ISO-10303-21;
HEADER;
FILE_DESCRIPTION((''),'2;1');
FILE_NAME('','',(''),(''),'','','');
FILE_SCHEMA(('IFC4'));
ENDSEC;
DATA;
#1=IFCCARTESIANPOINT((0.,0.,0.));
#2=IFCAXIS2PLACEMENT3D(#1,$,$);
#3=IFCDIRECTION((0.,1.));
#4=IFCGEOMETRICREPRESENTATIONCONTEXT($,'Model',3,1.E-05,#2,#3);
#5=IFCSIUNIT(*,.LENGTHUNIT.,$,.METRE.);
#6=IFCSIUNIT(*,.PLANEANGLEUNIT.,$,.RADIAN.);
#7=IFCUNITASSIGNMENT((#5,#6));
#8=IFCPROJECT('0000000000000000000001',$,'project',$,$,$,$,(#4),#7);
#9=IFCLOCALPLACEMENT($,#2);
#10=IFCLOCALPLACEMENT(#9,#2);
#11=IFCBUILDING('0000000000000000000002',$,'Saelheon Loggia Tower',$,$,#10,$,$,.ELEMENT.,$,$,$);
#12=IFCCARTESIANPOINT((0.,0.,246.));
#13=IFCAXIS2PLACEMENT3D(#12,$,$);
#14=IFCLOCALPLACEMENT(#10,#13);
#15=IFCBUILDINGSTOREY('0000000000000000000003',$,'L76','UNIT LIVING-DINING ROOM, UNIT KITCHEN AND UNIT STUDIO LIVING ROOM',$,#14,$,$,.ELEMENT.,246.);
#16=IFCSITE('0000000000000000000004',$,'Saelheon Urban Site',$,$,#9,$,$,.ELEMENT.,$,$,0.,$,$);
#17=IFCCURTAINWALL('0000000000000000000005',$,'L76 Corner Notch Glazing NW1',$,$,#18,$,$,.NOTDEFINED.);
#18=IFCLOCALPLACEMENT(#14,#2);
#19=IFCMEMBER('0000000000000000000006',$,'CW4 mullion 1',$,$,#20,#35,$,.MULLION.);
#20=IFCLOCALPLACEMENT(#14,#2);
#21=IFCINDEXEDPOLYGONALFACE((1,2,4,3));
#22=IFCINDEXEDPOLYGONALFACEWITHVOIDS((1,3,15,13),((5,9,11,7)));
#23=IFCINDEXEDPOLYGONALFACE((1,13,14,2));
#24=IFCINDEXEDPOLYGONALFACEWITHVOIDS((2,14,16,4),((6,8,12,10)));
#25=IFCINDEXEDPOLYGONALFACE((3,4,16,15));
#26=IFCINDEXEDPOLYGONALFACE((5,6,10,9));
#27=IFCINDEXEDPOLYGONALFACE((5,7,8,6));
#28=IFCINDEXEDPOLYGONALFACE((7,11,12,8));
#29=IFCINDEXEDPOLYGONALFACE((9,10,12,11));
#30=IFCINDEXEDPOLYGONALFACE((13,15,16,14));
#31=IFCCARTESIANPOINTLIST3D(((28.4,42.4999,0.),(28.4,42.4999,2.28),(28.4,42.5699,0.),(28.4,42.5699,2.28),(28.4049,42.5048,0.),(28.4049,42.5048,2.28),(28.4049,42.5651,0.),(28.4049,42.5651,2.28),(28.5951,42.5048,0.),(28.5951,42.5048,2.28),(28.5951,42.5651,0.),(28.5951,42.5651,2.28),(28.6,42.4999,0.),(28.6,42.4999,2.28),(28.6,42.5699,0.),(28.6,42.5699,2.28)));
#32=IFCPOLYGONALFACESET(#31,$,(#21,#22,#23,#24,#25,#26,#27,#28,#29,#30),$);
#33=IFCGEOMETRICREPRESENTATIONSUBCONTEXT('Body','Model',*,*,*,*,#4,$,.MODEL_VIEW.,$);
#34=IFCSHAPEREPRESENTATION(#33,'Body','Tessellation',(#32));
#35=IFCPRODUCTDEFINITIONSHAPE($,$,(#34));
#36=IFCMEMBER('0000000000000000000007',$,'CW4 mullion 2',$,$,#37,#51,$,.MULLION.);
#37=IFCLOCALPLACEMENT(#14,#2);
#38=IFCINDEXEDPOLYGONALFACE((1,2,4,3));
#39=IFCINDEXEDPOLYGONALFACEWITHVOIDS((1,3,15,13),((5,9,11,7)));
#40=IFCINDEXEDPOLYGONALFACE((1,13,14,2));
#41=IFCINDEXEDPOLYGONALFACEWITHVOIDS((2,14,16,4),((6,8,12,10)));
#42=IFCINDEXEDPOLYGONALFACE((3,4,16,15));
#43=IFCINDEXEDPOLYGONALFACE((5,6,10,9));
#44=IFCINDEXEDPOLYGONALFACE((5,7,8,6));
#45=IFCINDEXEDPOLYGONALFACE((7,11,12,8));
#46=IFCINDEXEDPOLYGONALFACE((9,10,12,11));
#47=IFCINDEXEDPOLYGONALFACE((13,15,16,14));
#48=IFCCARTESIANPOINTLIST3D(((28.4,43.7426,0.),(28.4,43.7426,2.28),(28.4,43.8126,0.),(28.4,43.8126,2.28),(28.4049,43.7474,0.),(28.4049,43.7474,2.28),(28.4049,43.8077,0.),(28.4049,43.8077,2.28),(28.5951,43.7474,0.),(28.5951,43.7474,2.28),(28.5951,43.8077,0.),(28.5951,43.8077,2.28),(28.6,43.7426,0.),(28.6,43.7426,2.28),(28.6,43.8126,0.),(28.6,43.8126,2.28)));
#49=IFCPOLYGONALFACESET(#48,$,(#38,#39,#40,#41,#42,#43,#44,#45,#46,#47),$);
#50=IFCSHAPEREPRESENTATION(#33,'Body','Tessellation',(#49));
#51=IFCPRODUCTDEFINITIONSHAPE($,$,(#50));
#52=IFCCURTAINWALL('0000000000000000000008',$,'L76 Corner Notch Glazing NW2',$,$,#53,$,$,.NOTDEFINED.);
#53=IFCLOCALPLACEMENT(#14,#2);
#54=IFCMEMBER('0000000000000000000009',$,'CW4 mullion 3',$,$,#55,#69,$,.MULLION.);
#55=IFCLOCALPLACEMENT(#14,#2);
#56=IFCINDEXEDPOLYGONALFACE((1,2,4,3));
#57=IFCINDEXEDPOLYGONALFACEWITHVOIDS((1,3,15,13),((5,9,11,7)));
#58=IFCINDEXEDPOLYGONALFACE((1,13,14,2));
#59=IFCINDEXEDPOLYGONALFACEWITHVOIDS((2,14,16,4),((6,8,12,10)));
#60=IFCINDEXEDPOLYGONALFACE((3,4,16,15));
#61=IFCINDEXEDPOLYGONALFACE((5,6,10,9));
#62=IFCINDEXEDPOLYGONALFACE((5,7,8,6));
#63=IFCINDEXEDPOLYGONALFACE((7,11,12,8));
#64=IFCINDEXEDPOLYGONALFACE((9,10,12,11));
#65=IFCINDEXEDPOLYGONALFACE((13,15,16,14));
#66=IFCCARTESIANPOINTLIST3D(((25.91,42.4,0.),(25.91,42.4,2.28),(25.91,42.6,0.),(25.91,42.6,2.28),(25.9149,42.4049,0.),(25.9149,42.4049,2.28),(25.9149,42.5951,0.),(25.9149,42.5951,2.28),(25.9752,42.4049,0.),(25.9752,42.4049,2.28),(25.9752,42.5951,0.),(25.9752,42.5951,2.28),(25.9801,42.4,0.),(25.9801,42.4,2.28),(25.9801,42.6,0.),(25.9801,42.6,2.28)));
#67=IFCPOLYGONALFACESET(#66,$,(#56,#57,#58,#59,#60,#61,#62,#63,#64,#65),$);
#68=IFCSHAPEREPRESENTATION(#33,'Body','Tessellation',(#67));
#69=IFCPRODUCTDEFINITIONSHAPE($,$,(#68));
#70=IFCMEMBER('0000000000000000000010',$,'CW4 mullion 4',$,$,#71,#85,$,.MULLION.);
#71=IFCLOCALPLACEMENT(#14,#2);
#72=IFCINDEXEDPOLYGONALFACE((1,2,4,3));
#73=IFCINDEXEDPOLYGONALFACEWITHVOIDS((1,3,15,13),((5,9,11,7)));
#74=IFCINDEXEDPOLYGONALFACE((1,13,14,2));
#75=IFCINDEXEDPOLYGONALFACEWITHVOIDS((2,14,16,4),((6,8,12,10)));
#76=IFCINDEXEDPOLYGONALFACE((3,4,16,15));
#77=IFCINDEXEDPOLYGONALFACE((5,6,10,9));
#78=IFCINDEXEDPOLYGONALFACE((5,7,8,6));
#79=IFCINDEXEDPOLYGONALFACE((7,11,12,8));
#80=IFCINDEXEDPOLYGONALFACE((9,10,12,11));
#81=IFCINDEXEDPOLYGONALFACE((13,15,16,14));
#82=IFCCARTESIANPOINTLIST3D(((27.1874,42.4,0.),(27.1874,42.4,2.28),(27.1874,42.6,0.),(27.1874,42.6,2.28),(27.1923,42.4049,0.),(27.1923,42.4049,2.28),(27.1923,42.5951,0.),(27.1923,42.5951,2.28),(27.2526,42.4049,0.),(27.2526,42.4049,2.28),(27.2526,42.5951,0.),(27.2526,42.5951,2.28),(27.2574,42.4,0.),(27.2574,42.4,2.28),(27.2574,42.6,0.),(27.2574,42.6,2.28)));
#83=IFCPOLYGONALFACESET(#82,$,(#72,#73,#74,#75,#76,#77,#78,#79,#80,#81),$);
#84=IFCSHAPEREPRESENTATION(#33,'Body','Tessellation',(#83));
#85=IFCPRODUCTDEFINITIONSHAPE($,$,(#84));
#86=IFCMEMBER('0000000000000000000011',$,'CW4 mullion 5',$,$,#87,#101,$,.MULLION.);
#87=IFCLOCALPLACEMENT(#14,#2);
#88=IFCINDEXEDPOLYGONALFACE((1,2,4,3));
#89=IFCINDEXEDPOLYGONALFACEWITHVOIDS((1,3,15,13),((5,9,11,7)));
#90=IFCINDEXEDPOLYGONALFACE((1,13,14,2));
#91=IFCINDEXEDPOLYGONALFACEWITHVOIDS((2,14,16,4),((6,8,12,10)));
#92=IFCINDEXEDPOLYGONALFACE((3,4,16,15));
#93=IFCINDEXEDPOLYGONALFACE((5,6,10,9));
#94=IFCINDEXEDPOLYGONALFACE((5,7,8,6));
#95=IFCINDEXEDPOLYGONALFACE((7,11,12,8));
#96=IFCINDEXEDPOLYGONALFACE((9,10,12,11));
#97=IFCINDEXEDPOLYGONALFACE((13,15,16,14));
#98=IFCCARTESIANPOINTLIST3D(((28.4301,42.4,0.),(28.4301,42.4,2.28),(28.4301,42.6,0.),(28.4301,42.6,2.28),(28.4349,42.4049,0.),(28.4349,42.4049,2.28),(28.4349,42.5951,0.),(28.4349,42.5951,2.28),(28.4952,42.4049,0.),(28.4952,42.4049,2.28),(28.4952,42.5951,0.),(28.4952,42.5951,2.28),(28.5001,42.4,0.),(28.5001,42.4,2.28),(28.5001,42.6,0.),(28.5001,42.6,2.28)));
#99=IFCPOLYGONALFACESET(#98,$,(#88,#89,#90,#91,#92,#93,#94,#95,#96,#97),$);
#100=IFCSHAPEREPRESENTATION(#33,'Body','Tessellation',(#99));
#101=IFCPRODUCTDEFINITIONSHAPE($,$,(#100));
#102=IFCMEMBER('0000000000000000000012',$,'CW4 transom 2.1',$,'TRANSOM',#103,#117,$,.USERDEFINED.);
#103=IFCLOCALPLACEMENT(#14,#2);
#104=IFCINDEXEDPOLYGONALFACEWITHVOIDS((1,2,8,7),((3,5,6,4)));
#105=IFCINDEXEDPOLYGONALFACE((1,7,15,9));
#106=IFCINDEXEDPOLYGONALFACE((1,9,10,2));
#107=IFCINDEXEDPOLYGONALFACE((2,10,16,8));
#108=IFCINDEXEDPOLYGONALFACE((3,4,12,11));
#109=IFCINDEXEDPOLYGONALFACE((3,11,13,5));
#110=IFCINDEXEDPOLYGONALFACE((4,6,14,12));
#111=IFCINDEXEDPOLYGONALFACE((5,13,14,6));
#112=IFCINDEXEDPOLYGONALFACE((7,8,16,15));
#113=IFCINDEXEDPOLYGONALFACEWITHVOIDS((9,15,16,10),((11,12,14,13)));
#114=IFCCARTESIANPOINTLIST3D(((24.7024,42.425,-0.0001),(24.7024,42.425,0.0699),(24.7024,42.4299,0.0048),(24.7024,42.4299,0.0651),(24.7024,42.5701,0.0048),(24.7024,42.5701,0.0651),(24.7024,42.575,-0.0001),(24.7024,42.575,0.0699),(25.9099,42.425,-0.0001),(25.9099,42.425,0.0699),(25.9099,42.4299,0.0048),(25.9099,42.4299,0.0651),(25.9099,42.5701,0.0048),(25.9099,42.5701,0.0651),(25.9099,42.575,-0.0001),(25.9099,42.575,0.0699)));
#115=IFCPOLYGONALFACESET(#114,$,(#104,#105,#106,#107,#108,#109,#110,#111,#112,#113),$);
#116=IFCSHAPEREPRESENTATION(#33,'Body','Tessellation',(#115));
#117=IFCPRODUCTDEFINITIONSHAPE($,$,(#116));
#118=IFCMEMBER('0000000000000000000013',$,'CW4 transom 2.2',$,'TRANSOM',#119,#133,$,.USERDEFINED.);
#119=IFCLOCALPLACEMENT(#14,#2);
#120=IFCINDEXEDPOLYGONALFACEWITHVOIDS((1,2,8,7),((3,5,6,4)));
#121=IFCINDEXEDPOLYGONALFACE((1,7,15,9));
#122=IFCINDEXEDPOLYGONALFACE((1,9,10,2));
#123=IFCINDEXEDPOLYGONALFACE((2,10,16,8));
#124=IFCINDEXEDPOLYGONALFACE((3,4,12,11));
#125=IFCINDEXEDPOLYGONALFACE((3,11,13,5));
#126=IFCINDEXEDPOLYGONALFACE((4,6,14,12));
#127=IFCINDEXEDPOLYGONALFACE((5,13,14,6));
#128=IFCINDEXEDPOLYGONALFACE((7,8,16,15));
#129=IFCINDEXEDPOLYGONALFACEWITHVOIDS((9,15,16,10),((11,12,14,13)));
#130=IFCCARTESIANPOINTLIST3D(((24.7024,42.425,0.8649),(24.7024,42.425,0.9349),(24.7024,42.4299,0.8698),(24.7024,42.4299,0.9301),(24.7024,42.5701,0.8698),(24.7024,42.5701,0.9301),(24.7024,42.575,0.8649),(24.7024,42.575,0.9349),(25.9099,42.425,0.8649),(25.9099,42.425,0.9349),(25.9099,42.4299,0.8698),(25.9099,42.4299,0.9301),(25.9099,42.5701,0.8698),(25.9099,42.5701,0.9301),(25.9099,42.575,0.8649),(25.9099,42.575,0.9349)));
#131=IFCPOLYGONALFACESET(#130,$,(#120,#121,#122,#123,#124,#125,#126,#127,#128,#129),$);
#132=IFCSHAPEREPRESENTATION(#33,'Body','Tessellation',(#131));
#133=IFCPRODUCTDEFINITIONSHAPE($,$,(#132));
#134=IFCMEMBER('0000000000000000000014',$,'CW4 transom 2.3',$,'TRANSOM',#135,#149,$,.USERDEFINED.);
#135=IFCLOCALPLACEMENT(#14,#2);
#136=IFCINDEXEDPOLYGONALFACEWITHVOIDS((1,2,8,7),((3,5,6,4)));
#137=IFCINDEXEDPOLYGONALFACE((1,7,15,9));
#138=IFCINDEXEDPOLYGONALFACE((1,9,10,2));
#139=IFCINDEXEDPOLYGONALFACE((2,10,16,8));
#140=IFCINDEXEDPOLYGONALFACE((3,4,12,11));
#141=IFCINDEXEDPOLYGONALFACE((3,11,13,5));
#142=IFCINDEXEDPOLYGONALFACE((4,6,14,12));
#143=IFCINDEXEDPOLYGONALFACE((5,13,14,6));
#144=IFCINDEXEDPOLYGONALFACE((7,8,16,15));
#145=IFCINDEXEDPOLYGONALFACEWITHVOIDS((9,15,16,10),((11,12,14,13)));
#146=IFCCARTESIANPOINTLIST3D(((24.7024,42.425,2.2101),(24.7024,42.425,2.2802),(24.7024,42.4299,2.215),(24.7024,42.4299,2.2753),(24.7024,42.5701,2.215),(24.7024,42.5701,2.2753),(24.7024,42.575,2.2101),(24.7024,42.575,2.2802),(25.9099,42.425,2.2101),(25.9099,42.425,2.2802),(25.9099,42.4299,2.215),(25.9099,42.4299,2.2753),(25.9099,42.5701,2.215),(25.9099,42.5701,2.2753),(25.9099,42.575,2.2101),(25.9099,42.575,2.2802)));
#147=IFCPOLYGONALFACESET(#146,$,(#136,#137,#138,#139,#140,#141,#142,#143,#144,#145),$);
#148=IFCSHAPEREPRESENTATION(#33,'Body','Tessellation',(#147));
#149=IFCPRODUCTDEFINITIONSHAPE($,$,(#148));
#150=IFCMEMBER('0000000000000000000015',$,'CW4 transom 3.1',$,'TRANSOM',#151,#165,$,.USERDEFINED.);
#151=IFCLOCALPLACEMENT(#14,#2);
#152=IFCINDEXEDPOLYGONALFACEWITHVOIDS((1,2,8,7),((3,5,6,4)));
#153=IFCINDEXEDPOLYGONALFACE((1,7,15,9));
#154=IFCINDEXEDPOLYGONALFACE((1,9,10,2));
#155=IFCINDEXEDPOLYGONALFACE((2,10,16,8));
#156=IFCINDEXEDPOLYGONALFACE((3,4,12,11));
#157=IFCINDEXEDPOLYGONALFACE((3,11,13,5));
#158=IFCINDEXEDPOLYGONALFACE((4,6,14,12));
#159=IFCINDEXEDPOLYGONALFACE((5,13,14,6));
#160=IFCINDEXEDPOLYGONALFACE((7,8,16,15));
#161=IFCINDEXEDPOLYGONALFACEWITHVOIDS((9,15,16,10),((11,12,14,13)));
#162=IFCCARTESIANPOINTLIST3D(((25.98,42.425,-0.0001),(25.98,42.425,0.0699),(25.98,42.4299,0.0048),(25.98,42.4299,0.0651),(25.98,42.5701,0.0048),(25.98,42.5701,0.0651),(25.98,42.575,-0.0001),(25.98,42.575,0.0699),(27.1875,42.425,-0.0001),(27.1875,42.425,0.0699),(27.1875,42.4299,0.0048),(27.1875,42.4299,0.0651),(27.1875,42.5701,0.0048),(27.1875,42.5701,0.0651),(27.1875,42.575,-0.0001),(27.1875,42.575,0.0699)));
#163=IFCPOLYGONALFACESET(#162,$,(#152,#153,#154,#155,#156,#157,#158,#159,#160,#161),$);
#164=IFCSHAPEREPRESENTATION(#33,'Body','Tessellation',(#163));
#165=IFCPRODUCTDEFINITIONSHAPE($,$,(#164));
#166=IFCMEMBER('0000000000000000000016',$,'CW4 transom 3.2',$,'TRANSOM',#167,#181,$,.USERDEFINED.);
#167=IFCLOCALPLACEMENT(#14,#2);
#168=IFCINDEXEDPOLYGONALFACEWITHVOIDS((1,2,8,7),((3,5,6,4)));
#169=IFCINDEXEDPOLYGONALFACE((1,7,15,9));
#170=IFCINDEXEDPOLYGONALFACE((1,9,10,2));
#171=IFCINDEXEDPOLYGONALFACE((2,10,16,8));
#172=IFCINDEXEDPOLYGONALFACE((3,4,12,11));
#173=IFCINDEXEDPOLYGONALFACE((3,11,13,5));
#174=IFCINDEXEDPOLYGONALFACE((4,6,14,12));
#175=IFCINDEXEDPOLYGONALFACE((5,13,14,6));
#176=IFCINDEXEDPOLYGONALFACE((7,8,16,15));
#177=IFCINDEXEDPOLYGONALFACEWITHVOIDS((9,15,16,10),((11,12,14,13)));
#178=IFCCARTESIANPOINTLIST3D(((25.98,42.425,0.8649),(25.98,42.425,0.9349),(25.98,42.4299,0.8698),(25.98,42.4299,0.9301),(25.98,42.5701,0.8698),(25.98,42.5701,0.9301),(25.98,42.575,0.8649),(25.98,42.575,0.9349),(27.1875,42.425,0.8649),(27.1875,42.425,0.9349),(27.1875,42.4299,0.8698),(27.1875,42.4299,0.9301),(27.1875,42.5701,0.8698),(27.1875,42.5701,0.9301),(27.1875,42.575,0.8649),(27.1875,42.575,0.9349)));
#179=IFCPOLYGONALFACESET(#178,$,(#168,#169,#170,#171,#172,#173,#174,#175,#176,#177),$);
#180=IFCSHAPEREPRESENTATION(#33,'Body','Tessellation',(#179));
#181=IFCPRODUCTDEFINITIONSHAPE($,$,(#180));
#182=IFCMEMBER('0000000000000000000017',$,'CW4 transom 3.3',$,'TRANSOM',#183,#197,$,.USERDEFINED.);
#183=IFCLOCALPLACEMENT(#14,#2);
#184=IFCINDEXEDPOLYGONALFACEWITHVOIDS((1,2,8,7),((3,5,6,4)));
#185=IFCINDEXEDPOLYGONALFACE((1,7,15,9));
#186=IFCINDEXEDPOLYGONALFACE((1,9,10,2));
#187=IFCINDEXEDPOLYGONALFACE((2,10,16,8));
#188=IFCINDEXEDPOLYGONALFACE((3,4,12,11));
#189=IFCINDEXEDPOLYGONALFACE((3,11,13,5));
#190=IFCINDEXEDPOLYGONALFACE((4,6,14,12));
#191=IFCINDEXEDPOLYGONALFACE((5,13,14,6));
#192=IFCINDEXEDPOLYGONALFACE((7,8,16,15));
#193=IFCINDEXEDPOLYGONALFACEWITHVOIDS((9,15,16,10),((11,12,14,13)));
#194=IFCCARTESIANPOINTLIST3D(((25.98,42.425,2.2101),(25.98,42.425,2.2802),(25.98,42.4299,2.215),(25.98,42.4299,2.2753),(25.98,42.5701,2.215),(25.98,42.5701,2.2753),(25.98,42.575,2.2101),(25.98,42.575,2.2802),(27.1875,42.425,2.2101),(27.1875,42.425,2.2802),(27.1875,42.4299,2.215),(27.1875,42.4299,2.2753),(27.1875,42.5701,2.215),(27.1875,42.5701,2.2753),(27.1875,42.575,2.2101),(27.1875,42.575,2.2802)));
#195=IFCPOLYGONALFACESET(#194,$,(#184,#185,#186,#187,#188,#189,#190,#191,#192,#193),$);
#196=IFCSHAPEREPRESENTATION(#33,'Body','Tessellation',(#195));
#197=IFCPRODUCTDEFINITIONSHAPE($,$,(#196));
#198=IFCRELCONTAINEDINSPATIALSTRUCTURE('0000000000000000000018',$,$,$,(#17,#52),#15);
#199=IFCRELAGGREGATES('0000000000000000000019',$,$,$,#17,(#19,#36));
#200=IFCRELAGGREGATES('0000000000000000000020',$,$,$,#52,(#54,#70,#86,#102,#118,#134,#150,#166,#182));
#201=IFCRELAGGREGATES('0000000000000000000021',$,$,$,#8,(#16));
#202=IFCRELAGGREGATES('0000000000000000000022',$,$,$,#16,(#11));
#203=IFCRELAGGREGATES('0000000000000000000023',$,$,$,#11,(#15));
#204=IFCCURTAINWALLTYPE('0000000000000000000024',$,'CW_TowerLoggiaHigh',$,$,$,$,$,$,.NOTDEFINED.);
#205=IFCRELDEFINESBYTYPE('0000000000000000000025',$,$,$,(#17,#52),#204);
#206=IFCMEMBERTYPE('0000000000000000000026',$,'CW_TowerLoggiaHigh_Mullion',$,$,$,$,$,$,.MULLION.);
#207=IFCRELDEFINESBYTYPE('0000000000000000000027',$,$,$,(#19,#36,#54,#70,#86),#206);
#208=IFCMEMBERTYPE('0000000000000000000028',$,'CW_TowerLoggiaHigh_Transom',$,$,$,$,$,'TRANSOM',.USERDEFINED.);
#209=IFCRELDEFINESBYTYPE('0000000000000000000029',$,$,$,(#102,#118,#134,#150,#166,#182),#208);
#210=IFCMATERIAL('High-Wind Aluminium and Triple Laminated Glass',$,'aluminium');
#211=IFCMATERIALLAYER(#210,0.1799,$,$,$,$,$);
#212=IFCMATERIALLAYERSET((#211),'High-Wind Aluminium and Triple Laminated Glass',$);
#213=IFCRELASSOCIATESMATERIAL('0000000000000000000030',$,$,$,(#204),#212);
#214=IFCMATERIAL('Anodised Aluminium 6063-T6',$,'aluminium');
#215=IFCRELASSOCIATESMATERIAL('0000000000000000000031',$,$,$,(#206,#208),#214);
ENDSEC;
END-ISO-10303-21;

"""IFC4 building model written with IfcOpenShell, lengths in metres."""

from ifc_helpers import new_model, si_unit, direction, frame, origin, origin_2d, place, context, subcontext, project, spatial, hollow_rectangle, extrude, source, transform, mapped, material, layer, layer_set, material_profile, profile_set, type_object, element, aggregate, save


model = new_model("IFC4")

# Units and contexts
model_context = context("Model", 3, precision=1e-05, world=origin(), true_north=direction((0.0, 1.0)))
body_context = subcontext(model_context, "Body", "Model", "MODEL_VIEW")
ifc_project = project(units=[si_unit("LENGTHUNIT", "METRE"), si_unit("PLANEANGLEUNIT", "RADIAN")], contexts=[model_context])

# Site, building, storey
site_placement = place(None, origin())
site = spatial("IfcSite", under=ifc_project, at=site_placement, Name="Saelheon Urban Site", CompositionType="ELEMENT", RefElevation=0.0)
building_placement = place(site_placement, origin())
building = spatial("IfcBuilding", under=site, at=building_placement, Name="Saelheon Loggia Tower", CompositionType="ELEMENT")
storey_placement = place(building_placement, frame((0.0, 0.0, 246.0)))
storey = spatial("IfcBuildingStorey", under=building, at=storey_placement, Name="L76", Description="UNIT LIVING-DINING ROOM, UNIT KITCHEN AND UNIT STUDIO LIVING ROOM", CompositionType="ELEMENT", Elevation=246.0)

# Curtain walls, members
ifc_material_1 = material(Name="High-Wind Aluminium and Triple Laminated Glass", Category="aluminium")
ifc_layer_1 = layer(ifc_material_1, 0.1799)
ifc_layer_set_1 = layer_set([ifc_layer_1], Name="High-Wind Aluminium and Triple Laminated Glass")
curtain_wall_type = type_object("IfcCurtainWallType", Name="CW_TowerLoggiaHigh", PredefinedType="NOTDEFINED", material=ifc_layer_set_1)
curtain_wall_1_placement = place(storey_placement, origin())
curtain_wall_1 = element("IfcCurtainWall", 1, at=curtain_wall_1_placement, inside=storey, type_object=curtain_wall_type, Name="L76 Corner Notch Glazing NW1", PredefinedType="NOTDEFINED")
ifc_material_2 = material(Name="Anodised Aluminium 6063-T6", Category="aluminium")
ifc_material_profile_1 = material_profile(ifc_material_2, hollow_rectangle(XDim=0.0701, YDim=0.2, WallThickness=0.0049, at=origin_2d()), Name="RHS-200x70x5")
ifc_profile_set_1 = profile_set([ifc_material_profile_1], Name="Anodised Aluminium 6063-T6")
member_type_1 = type_object("IfcMemberType", Name="CW_TowerLoggiaHigh_Mullion", PredefinedType="MULLION", material=ifc_profile_set_1)
shared_shape_1 = source(origin(), body_context, "Body", "SweptSolid", [
    extrude(hollow_rectangle(XDim=0.0701, YDim=0.2, WallThickness=0.0049, at=origin_2d()), origin(), (0.0, 0.0, 1.0), 2.28),
])
member_1_placement = place(storey_placement, frame((28.5, 42.5349, 0.0), z_axis=(0.0, 0.0, 1.0), x_axis=(0.0, 1.0, 0.0)))
member_1 = element("IfcMember", 2, at=member_1_placement, type_object=member_type_1, Name="CW4 mullion 1", PredefinedType="MULLION", context=body_context, shape_type="MappedRepresentation", body=[
    mapped(shared_shape_1, transform((0.0, 0.0, 0.0), scale=1.0)),
])
member_2_placement = place(storey_placement, frame((28.5, 43.7776, 0.0), z_axis=(0.0, 0.0, 1.0), x_axis=(0.0, 1.0, 0.0)))
member_2 = element("IfcMember", 3, at=member_2_placement, type_object=member_type_1, Name="CW4 mullion 2", PredefinedType="MULLION", context=body_context, shape_type="MappedRepresentation", body=[
    mapped(shared_shape_1, transform((0.0, 0.0, 0.0), scale=1.0)),
])
curtain_wall_2_placement = place(storey_placement, origin())
curtain_wall_2 = element("IfcCurtainWall", 4, at=curtain_wall_2_placement, inside=storey, type_object=curtain_wall_type, Name="L76 Corner Notch Glazing NW2", PredefinedType="NOTDEFINED")
member_3_placement = place(storey_placement, frame((25.9451, 42.5, 0.0), z_axis=(0.0, 0.0, 1.0), x_axis=(1.0, 0.0, 0.0)))
member_3 = element("IfcMember", 5, at=member_3_placement, type_object=member_type_1, Name="CW4 mullion 3", PredefinedType="MULLION", context=body_context, shape_type="MappedRepresentation", body=[
    mapped(shared_shape_1, transform((0.0, 0.0, 0.0), scale=1.0)),
])
member_4_placement = place(storey_placement, frame((27.2224, 42.5, 0.0), z_axis=(0.0, 0.0, 1.0), x_axis=(1.0, 0.0, 0.0)))
member_4 = element("IfcMember", 6, at=member_4_placement, type_object=member_type_1, Name="CW4 mullion 4", PredefinedType="MULLION", context=body_context, shape_type="MappedRepresentation", body=[
    mapped(shared_shape_1, transform((0.0, 0.0, 0.0), scale=1.0)),
])
member_5_placement = place(storey_placement, frame((28.4651, 42.5, 0.0), z_axis=(0.0, 0.0, 1.0), x_axis=(1.0, 0.0, 0.0)))
member_5 = element("IfcMember", 7, at=member_5_placement, type_object=member_type_1, Name="CW4 mullion 5", PredefinedType="MULLION", context=body_context, shape_type="MappedRepresentation", body=[
    mapped(shared_shape_1, transform((0.0, 0.0, 0.0), scale=1.0)),
])
ifc_material_profile_2 = material_profile(ifc_material_2, hollow_rectangle(XDim=0.0701, YDim=0.1499, WallThickness=0.0049, at=origin_2d()), Name="RHS-150x70x5")
ifc_profile_set_2 = profile_set([ifc_material_profile_2], Name="Anodised Aluminium 6063-T6")
member_type_2 = type_object("IfcMemberType", Name="CW_TowerLoggiaHigh_Transom", ElementType="TRANSOM", PredefinedType="USERDEFINED", material=ifc_profile_set_2)
shared_shape_2 = source(origin(), body_context, "Body", "SweptSolid", [
    extrude(hollow_rectangle(XDim=0.0701, YDim=0.1499, WallThickness=0.0049, at=origin_2d()), origin(), (0.0, 0.0, 1.0), 1.2075),
])
member_6_placement = place(storey_placement, frame((24.7024, 42.5, 0.0349), z_axis=(1.0, 0.0, 0.0), x_axis=(0.0, 0.0, 1.0)))
member_6 = element("IfcMember", 8, at=member_6_placement, type_object=member_type_2, Name="CW4 transom 2.1", ObjectType="TRANSOM", PredefinedType="USERDEFINED", context=body_context, shape_type="MappedRepresentation", body=[
    mapped(shared_shape_2, transform((0.0, 0.0, 0.0), scale=1.0)),
])
member_7_placement = place(storey_placement, frame((24.7024, 42.5, 0.8999), z_axis=(1.0, 0.0, 0.0), x_axis=(0.0, 0.0, 1.0)))
member_7 = element("IfcMember", 9, at=member_7_placement, type_object=member_type_2, Name="CW4 transom 2.2", ObjectType="TRANSOM", PredefinedType="USERDEFINED", context=body_context, shape_type="MappedRepresentation", body=[
    mapped(shared_shape_2, transform((0.0, 0.0, 0.0), scale=1.0)),
])
member_8_placement = place(storey_placement, frame((24.7024, 42.5, 2.2451), z_axis=(1.0, 0.0, 0.0), x_axis=(0.0, 0.0, 1.0)))
member_8 = element("IfcMember", 10, at=member_8_placement, type_object=member_type_2, Name="CW4 transom 2.3", ObjectType="TRANSOM", PredefinedType="USERDEFINED", context=body_context, shape_type="MappedRepresentation", body=[
    mapped(shared_shape_2, transform((0.0, 0.0, 0.0), scale=1.0)),
])
member_9_placement = place(storey_placement, frame((25.98, 42.5, 0.0349), z_axis=(1.0, 0.0, 0.0), x_axis=(0.0, 0.0, 1.0)))
member_9 = element("IfcMember", 11, at=member_9_placement, type_object=member_type_2, Name="CW4 transom 3.1", ObjectType="TRANSOM", PredefinedType="USERDEFINED", context=body_context, shape_type="MappedRepresentation", body=[
    mapped(shared_shape_2, transform((0.0, 0.0, 0.0), scale=1.0)),
])
member_10_placement = place(storey_placement, frame((25.98, 42.5, 0.8999), z_axis=(1.0, 0.0, 0.0), x_axis=(0.0, 0.0, 1.0)))
member_10 = element("IfcMember", 12, at=member_10_placement, type_object=member_type_2, Name="CW4 transom 3.2", ObjectType="TRANSOM", PredefinedType="USERDEFINED", context=body_context, shape_type="MappedRepresentation", body=[
    mapped(shared_shape_2, transform((0.0, 0.0, 0.0), scale=1.0)),
])
member_11_placement = place(storey_placement, frame((25.98, 42.5, 2.2451), z_axis=(1.0, 0.0, 0.0), x_axis=(0.0, 0.0, 1.0)))
member_11 = element("IfcMember", 13, at=member_11_placement, type_object=member_type_2, Name="CW4 transom 3.3", ObjectType="TRANSOM", PredefinedType="USERDEFINED", context=body_context, shape_type="MappedRepresentation", body=[
    mapped(shared_shape_2, transform((0.0, 0.0, 0.0), scale=1.0)),
])

aggregate(curtain_wall_1, [member_1, member_2])
aggregate(curtain_wall_2, [member_3, member_4, member_5, member_6, member_7, member_8, member_9, member_10, member_11])

save(model, "model.ifc")
